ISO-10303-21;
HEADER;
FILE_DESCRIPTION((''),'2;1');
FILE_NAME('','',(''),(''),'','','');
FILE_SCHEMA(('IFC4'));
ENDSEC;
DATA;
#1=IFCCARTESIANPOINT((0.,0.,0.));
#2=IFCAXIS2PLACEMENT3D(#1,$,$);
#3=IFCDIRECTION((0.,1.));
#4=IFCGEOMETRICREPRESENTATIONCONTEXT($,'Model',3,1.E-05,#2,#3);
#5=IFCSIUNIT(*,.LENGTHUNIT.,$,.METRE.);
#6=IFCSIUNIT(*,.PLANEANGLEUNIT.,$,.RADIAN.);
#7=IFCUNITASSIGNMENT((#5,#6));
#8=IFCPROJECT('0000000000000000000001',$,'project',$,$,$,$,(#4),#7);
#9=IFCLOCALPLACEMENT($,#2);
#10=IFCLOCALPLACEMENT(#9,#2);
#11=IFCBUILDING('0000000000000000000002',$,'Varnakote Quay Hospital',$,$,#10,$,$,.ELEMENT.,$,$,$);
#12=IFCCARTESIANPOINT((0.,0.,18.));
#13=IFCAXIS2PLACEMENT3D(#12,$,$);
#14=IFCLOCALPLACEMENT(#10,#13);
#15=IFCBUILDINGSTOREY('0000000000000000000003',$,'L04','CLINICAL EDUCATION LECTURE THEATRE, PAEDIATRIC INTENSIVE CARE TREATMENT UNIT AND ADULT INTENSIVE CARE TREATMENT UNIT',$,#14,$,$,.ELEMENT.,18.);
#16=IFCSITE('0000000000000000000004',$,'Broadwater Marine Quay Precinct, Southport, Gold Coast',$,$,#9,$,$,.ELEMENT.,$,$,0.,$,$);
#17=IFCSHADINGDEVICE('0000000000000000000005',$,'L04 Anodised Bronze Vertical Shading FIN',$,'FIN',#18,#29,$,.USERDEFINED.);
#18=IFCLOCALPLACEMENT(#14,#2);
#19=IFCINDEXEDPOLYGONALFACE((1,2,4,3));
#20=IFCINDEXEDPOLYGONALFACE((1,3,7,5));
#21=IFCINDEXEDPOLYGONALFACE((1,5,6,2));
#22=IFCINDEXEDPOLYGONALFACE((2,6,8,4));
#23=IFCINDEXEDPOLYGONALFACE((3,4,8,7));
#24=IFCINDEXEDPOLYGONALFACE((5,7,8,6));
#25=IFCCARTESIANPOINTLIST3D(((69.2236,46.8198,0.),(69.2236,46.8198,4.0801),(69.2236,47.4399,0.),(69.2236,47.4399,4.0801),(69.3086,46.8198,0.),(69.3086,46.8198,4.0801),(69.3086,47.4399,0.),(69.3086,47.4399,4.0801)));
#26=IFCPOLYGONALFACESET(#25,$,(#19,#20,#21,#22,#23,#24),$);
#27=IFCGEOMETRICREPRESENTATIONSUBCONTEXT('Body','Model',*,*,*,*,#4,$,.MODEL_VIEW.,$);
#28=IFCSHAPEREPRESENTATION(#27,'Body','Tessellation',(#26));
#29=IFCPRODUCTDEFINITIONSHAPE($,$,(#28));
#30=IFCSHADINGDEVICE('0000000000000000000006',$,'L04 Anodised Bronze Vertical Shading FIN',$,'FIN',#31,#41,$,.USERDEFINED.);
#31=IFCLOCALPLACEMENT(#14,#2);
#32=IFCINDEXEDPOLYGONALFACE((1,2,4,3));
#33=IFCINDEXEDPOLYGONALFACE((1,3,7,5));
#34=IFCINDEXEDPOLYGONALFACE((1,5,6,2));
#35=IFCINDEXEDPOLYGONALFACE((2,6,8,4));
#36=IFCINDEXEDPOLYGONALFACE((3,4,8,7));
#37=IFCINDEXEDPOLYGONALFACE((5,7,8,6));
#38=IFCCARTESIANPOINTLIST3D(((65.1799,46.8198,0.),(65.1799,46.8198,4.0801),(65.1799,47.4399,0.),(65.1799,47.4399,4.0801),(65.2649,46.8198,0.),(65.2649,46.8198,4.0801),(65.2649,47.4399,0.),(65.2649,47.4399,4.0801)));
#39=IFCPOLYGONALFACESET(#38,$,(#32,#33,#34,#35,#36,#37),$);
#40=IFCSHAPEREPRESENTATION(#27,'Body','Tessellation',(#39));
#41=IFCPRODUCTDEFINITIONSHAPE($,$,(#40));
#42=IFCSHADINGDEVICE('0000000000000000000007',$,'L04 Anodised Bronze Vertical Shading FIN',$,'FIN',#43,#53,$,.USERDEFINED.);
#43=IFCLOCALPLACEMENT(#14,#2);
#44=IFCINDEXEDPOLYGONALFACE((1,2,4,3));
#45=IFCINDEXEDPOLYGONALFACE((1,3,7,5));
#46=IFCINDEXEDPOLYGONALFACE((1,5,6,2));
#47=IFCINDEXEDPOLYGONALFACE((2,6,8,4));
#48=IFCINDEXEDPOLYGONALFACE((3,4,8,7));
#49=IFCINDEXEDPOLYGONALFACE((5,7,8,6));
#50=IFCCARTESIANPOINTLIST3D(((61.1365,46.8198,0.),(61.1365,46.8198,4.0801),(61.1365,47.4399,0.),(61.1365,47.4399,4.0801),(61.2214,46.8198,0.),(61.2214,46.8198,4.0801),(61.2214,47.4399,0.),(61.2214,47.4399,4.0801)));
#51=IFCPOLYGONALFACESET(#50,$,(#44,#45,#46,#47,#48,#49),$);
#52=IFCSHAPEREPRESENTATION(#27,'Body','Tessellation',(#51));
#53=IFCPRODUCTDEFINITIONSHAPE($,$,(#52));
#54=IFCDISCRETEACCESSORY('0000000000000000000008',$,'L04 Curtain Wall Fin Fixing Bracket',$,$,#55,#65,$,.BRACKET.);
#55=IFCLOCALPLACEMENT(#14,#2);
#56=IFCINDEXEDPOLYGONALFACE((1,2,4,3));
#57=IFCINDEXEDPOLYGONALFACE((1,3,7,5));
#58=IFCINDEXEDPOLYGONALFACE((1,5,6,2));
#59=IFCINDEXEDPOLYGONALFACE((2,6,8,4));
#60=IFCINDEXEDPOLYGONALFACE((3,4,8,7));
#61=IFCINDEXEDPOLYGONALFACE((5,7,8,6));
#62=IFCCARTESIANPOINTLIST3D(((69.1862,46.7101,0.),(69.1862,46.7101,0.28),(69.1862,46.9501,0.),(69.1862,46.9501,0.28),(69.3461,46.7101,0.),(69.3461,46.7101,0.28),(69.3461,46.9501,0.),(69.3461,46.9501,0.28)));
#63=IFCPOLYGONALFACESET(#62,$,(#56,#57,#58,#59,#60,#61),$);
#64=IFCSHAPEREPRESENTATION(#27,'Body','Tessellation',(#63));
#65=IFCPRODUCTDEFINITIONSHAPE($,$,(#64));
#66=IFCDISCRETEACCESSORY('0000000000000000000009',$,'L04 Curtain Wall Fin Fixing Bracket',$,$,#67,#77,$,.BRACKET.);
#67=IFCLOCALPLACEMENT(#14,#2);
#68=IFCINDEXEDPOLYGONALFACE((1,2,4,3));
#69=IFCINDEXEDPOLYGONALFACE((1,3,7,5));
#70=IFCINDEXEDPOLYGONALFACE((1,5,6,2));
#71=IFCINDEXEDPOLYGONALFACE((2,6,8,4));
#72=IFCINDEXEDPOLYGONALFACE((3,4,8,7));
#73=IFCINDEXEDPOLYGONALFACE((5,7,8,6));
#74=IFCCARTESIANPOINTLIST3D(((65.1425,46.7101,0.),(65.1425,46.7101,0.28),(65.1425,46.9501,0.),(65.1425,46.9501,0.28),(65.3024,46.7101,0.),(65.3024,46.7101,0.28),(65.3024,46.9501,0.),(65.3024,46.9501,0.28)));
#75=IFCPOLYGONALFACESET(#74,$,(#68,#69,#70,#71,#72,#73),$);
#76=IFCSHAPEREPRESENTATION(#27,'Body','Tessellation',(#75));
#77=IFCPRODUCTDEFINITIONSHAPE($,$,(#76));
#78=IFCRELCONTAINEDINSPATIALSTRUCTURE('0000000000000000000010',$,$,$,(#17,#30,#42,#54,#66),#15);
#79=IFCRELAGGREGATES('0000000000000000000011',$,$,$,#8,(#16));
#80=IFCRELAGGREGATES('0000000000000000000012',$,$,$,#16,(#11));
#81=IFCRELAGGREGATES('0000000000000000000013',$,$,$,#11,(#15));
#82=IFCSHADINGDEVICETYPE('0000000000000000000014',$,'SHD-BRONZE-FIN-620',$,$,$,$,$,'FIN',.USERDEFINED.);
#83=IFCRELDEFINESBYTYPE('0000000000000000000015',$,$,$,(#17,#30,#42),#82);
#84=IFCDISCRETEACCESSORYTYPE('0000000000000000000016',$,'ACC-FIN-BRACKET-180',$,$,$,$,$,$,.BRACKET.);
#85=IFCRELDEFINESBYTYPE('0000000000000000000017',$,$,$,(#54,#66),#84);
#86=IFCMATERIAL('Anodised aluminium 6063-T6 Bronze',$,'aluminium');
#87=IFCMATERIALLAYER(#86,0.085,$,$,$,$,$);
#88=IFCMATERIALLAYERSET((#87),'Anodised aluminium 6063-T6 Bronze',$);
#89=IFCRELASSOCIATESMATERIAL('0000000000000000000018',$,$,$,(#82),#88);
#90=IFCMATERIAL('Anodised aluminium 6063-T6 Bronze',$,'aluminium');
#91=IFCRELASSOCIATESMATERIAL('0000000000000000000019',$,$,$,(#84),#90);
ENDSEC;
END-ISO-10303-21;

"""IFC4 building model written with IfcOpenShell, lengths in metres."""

from ifc_helpers import new_model, si_unit, direction, frame, origin, origin_2d, place, context, subcontext, project, spatial, rectangle, extrude, material, layer, layer_set, type_object, element, save


model = new_model("IFC4")

# Units and contexts
model_context = context("Model", 3, precision=1e-05, world=origin(), true_north=direction((0.0, 1.0)))
body_context = subcontext(model_context, "Body", "Model", "MODEL_VIEW")
ifc_project = project(units=[si_unit("LENGTHUNIT", "METRE"), si_unit("PLANEANGLEUNIT", "RADIAN")], contexts=[model_context])

# Site, building, storey
site_placement = place(None, origin())
site = spatial("IfcSite", under=ifc_project, at=site_placement, Name="Broadwater Marine Quay Precinct, Southport, Gold Coast", CompositionType="ELEMENT", RefElevation=0.0)
building_placement = place(site_placement, origin())
building = spatial("IfcBuilding", under=site, at=building_placement, Name="Varnakote Quay Hospital", CompositionType="ELEMENT")
storey_placement = place(building_placement, frame((0.0, 0.0, 18.0)))
storey = spatial("IfcBuildingStorey", under=building, at=storey_placement, Name="L04", Description="CLINICAL EDUCATION LECTURE THEATRE, PAEDIATRIC INTENSIVE CARE TREATMENT UNIT AND ADULT INTENSIVE CARE TREATMENT UNIT", CompositionType="ELEMENT", Elevation=18.0)

# Shading devices
ifc_material_1 = material(Name="Anodised aluminium 6063-T6 Bronze", Category="aluminium")
ifc_layer_1 = layer(ifc_material_1, 0.085)
ifc_layer_set_1 = layer_set([ifc_layer_1], Name="Anodised aluminium 6063-T6 Bronze")
shading_device_type = type_object("IfcShadingDeviceType", Name="SHD-BRONZE-FIN-620", ElementType="FIN", PredefinedType="USERDEFINED", material=ifc_layer_set_1)
for number, where, z_axis, x_axis, name in (
    (1, (69.2661, 47.1299, 0.0), (0.0, 0.0, 1.0), (0.0, -1.0, 0.0), "L04 Anodised Bronze Vertical Shading FIN"),
    (2, (65.2224, 47.1299, 0.0), (0.0, 0.0, 1.0), (0.0, -1.0, 0.0), "L04 Anodised Bronze Vertical Shading FIN"),
    (3, (61.179, 47.1299, 0.0), (0.0, 0.0, 1.0), (0.0, -1.0, 0.0), "L04 Anodised Bronze Vertical Shading FIN"),
):
    element("IfcShadingDevice", number, at=place(storey_placement, frame(where, z_axis=z_axis, x_axis=x_axis)), inside=storey, type_object=shading_device_type, Name=name, ObjectType="FIN", PredefinedType="USERDEFINED", context=body_context, shape_type="SweptSolid", body=[
        extrude(rectangle(XDim=0.6201, YDim=0.085, at=origin_2d()), origin(), (0.0, 0.0, 1.0), 4.0801),
    ])

# Discrete accessories
ifc_material_2 = material(Name="Anodised aluminium 6063-T6 Bronze", Category="aluminium")
discrete_accessory_type = type_object("IfcDiscreteAccessoryType", Name="ACC-FIN-BRACKET-180", PredefinedType="BRACKET", material=ifc_material_2)
for number, where, z_axis, x_axis, name in (
    (4, (69.2661, 46.8301, 0.0), (0.0, 0.0, 1.0), (-1.0, 0.0, 0.0), "L04 Curtain Wall Fin Fixing Bracket"),
    (5, (65.2224, 46.8301, 0.0), (0.0, 0.0, 1.0), (-1.0, 0.0, 0.0), "L04 Curtain Wall Fin Fixing Bracket"),
):
    element("IfcDiscreteAccessory", number, at=place(storey_placement, frame(where, z_axis=z_axis, x_axis=x_axis)), inside=storey, type_object=discrete_accessory_type, Name=name, PredefinedType="BRACKET", context=body_context, shape_type="SweptSolid", body=[
        extrude(rectangle(XDim=0.1599, YDim=0.24, at=origin_2d()), origin(), (0.0, 0.0, 1.0), 0.28),
    ])

save(model, "model.ifc")
